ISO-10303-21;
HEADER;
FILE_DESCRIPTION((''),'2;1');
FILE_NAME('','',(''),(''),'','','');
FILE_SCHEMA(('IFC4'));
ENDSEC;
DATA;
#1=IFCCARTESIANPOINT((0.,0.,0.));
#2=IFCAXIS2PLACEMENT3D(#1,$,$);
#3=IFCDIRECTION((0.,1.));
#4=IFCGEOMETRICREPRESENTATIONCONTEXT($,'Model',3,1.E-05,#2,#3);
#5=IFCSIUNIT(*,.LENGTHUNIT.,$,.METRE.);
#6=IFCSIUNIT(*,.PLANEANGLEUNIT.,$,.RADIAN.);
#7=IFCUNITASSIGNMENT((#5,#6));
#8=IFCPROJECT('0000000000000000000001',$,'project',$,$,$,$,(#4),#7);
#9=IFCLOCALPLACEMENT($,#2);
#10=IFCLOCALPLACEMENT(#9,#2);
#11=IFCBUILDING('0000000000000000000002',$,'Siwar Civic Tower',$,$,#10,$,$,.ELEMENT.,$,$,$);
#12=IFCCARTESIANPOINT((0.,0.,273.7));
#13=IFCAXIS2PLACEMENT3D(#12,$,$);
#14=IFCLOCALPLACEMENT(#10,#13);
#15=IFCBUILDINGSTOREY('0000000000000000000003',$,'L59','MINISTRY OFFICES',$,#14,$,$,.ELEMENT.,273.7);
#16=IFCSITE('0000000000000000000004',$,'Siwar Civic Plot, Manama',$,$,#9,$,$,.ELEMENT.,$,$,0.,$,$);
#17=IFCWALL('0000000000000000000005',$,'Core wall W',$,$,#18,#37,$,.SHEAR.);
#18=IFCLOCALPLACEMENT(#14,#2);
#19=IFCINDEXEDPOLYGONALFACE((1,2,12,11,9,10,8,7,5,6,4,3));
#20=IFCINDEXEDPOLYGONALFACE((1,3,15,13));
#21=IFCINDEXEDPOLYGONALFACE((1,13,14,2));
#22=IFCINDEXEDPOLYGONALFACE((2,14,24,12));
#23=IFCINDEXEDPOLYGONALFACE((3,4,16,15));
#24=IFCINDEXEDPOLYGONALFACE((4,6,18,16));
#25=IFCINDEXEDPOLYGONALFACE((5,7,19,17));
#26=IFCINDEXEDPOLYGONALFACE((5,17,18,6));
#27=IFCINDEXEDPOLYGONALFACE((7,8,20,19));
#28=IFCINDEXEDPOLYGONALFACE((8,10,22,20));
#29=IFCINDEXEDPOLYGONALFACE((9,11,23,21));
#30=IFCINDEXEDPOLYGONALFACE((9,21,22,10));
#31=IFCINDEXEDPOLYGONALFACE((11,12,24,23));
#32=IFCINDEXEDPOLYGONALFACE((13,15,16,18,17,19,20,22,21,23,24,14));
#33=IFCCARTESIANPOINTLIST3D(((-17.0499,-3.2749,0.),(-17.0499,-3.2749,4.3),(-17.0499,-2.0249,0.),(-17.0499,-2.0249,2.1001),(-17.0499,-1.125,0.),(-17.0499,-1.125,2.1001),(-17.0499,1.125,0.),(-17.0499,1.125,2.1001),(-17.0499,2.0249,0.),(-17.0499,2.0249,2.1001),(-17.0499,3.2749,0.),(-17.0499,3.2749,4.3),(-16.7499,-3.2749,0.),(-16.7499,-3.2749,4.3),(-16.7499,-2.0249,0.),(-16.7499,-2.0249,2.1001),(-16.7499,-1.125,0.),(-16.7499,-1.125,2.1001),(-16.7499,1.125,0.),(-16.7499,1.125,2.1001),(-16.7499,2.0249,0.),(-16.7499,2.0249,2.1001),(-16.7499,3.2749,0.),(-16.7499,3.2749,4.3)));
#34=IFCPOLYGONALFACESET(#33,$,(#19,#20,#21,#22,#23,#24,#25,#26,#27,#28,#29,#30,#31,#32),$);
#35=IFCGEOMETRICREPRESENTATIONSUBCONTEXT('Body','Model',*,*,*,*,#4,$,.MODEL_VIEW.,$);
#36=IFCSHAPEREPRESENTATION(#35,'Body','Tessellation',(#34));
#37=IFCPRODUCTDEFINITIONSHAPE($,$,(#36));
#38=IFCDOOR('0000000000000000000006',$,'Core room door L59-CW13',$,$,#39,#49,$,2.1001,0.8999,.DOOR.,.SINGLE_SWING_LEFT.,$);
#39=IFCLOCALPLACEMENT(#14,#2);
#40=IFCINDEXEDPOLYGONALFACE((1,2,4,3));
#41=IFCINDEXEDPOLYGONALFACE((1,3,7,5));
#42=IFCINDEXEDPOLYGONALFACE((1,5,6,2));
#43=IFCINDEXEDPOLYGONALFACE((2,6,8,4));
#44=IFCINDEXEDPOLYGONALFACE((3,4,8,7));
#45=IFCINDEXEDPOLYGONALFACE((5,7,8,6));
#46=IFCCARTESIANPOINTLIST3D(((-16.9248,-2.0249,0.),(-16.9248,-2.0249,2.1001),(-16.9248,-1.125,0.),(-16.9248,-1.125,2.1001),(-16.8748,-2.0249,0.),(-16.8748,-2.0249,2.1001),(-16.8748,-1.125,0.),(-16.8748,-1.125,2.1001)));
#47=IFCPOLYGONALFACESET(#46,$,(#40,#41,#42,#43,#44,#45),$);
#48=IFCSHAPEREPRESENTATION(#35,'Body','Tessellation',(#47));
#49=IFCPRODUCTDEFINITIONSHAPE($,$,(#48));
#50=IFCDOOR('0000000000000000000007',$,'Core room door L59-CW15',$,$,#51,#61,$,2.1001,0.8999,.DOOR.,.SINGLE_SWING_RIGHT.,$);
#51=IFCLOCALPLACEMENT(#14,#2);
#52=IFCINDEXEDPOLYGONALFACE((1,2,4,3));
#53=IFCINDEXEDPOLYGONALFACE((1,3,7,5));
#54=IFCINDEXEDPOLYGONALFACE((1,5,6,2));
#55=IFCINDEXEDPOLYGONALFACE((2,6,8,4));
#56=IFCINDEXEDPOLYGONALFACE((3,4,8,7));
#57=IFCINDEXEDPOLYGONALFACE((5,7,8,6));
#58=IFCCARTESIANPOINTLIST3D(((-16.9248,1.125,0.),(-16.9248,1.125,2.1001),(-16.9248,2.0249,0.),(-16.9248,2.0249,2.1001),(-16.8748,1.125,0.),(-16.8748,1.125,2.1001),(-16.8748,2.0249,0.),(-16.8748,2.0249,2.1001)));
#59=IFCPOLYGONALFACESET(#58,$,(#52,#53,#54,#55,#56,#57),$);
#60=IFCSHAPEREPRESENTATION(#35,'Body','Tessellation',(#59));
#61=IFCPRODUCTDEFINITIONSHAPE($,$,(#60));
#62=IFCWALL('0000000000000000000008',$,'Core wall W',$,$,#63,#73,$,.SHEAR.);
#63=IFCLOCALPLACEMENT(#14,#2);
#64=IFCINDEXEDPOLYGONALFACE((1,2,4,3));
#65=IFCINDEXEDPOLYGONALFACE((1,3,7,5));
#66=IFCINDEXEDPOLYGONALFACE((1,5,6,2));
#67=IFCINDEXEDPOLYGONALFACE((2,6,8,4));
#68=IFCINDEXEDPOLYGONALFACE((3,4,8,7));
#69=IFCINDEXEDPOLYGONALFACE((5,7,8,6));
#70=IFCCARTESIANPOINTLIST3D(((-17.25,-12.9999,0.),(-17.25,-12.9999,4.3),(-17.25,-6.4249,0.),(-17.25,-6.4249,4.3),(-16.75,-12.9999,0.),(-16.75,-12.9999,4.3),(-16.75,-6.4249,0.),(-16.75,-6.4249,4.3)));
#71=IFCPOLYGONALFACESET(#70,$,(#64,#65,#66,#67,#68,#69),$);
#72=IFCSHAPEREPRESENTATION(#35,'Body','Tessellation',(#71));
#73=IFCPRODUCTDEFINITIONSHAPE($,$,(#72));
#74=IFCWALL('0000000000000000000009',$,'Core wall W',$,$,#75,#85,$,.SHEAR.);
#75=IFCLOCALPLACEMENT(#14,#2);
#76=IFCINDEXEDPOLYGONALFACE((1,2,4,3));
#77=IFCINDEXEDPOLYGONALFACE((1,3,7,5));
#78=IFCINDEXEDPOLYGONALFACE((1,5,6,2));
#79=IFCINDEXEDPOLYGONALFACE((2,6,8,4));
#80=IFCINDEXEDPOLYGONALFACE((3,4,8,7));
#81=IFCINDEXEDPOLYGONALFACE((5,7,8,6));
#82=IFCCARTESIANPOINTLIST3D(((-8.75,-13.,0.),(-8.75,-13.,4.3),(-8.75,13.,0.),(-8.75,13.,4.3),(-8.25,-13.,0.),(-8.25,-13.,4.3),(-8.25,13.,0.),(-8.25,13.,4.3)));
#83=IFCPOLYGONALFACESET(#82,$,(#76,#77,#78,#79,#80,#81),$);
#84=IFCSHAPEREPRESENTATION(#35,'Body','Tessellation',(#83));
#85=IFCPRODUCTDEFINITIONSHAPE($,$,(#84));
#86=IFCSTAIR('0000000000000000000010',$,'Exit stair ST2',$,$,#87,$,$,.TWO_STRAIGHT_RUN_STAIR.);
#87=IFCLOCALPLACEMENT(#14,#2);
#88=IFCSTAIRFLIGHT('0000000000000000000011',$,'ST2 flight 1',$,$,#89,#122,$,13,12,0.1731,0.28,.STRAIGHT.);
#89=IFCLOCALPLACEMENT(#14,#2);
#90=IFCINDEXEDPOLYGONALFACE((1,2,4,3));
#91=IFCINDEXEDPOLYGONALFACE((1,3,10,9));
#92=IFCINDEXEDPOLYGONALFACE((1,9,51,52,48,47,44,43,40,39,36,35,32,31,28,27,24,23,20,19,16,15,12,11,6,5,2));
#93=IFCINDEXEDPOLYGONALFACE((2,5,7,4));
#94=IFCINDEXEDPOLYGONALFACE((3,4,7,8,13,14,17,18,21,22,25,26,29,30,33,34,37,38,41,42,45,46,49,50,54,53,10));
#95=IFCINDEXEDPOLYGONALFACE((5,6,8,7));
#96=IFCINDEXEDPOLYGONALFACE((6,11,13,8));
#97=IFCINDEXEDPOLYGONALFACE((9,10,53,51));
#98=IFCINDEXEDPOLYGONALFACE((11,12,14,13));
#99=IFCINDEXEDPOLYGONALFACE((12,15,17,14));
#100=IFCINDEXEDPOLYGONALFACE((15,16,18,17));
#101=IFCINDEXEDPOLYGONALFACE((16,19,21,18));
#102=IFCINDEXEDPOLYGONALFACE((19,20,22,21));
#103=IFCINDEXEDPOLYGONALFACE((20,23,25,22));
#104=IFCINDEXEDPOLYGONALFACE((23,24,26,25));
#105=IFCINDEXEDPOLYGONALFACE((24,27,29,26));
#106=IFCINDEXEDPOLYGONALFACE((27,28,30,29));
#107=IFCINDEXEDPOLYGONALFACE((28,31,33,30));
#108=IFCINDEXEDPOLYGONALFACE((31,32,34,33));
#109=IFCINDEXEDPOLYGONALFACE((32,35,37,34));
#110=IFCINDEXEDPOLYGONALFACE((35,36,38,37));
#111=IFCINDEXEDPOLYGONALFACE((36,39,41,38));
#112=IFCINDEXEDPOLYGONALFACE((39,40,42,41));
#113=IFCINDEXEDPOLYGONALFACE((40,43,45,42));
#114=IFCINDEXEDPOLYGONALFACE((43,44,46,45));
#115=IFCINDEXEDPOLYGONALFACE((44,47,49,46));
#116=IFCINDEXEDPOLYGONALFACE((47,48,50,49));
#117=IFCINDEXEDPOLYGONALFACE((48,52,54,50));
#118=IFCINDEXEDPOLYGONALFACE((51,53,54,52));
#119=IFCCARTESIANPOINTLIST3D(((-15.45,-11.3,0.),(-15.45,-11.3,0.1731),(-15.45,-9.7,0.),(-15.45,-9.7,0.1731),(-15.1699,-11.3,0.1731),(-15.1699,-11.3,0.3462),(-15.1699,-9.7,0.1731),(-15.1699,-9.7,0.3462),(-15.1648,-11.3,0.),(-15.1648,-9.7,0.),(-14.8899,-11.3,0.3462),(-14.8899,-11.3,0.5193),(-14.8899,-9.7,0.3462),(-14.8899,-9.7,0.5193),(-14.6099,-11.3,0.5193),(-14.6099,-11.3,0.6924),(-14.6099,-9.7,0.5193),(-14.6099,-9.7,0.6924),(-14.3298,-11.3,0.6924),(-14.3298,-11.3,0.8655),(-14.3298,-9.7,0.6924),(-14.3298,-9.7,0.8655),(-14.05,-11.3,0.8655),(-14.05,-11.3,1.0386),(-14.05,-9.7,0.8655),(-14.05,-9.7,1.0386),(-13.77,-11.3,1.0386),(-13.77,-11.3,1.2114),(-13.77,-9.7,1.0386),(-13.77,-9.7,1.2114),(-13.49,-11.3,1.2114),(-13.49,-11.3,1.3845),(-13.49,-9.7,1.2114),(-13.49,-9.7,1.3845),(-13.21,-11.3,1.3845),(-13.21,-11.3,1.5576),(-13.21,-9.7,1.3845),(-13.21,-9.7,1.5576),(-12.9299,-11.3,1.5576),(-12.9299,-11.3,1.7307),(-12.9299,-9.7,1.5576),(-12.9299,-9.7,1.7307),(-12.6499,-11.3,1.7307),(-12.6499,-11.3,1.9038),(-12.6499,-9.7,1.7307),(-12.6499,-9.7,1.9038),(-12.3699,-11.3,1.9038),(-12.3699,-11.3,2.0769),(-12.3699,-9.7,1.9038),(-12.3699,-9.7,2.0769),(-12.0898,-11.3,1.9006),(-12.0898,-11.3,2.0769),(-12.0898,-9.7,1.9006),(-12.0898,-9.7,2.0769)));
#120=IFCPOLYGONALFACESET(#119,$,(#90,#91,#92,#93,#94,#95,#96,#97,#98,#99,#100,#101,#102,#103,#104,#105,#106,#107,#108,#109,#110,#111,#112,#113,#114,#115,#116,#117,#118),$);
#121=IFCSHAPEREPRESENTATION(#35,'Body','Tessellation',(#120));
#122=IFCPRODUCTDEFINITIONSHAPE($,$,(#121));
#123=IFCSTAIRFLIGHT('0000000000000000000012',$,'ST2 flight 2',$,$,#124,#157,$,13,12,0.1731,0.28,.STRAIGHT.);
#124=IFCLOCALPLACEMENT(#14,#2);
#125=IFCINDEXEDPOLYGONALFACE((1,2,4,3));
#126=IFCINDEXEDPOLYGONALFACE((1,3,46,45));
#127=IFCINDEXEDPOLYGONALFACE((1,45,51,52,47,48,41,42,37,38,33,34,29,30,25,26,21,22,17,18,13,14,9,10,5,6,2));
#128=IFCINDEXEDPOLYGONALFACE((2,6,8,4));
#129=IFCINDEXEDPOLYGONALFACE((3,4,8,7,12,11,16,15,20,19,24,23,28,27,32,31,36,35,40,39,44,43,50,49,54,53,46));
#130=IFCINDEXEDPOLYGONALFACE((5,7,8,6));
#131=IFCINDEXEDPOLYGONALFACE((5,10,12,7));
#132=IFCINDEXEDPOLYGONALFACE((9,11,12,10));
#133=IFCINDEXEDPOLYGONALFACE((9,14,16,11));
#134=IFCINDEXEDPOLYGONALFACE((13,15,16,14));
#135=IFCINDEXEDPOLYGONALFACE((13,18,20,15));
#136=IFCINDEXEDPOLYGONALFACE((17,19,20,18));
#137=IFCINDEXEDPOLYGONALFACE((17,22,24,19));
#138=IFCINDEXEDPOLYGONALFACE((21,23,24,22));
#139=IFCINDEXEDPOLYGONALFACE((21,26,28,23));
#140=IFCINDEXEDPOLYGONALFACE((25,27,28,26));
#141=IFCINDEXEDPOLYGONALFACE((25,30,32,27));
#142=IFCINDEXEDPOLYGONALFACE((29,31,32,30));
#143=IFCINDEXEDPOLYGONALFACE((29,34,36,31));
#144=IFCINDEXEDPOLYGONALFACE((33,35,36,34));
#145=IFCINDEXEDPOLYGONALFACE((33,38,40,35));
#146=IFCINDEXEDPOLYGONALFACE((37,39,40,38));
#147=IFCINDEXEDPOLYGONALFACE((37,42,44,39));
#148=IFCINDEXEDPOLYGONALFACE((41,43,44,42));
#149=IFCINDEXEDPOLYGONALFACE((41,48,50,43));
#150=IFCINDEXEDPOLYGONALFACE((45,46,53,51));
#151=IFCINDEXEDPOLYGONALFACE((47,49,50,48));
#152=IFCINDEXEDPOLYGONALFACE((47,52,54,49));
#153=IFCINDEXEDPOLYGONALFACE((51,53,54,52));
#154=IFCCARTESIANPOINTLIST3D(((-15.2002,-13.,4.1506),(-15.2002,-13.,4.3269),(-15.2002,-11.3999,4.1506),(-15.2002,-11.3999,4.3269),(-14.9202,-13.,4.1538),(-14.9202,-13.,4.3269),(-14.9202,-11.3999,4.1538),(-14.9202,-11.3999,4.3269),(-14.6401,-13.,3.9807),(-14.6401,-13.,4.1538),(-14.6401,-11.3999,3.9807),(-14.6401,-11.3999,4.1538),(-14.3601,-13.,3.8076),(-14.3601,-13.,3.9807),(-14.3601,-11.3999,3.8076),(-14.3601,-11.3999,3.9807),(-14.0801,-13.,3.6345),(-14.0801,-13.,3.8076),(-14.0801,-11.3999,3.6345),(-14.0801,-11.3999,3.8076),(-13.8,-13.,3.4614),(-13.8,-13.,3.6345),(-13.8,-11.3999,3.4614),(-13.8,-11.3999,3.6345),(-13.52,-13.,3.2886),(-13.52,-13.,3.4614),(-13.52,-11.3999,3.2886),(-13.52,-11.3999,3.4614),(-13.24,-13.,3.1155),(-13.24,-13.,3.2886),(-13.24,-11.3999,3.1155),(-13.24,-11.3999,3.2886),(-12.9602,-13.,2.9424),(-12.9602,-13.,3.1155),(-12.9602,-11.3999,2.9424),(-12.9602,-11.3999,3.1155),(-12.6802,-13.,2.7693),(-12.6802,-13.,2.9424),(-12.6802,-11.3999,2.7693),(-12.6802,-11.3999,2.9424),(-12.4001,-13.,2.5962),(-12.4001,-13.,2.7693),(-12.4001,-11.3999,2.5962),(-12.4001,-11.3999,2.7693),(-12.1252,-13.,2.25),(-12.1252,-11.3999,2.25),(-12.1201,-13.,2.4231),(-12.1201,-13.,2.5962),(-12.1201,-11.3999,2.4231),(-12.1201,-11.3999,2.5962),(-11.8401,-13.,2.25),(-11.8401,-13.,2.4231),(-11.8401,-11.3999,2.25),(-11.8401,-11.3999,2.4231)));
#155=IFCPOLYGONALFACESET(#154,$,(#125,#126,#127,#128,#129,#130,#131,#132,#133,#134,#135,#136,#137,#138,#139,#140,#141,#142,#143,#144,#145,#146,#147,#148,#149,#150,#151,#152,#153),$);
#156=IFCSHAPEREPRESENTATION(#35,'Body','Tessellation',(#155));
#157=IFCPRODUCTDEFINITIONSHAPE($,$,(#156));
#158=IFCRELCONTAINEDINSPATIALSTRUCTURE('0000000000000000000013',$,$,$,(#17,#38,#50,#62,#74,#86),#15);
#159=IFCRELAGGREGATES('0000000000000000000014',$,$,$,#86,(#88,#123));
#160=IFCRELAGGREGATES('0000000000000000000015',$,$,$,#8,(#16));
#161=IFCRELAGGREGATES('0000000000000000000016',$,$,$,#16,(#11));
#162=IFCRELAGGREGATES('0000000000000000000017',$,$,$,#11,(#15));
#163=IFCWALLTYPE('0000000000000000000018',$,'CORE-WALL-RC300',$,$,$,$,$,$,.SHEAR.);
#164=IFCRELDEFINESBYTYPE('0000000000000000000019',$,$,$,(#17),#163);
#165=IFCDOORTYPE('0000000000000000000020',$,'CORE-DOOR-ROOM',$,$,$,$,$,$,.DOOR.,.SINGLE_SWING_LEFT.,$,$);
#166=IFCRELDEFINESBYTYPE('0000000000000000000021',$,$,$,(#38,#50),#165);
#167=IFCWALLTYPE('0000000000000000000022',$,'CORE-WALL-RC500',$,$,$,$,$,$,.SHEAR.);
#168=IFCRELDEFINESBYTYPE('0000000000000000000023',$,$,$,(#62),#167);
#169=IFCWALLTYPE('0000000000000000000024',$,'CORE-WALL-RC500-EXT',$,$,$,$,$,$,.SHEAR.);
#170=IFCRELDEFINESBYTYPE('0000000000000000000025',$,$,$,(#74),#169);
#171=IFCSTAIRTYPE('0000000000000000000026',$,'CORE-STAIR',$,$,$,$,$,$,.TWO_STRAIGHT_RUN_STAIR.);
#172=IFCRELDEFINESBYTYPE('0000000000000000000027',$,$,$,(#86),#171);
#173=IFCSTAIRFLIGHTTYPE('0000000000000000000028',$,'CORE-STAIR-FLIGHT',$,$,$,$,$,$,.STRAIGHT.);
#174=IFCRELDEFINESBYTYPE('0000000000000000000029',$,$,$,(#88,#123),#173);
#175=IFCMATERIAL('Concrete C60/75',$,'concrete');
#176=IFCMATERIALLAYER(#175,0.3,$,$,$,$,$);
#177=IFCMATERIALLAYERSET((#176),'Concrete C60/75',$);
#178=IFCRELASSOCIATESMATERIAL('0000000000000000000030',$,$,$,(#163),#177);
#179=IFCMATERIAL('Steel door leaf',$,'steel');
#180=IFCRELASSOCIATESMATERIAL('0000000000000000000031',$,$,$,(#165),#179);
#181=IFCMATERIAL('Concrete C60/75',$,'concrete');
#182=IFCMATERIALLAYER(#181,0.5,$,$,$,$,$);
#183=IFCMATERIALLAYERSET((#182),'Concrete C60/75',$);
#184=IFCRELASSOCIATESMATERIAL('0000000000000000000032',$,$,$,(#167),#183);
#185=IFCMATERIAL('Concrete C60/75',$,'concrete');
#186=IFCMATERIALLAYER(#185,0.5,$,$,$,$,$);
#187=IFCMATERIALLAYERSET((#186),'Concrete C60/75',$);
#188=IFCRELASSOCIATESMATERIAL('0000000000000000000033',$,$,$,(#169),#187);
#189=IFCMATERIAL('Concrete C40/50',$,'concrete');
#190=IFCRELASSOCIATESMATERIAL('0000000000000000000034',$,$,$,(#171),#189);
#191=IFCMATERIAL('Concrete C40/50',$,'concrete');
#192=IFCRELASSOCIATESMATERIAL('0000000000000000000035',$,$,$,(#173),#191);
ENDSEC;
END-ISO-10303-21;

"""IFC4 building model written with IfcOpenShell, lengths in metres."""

from ifc_helpers import new_model, si_unit, direction, frame, frame_2d, origin, place, context, subcontext, project, spatial, polyline, rectangle, outline, extrude, material, layer, layer_set, type_object, element, fill, aggregate, save


model = new_model("IFC4")

# Units and contexts
model_context = context("Model", 3, precision=1e-05, world=origin(), true_north=direction((0.0, 1.0)))
body_context = subcontext(model_context, "Body", "Model", "MODEL_VIEW")
ifc_project = project(units=[si_unit("LENGTHUNIT", "METRE"), si_unit("PLANEANGLEUNIT", "RADIAN")], contexts=[model_context])

# Site, building, storey
site_placement = place(None, origin())
site = spatial("IfcSite", under=ifc_project, at=site_placement, Name="Siwar Civic Plot, Manama", CompositionType="ELEMENT", RefElevation=0.0)
building_placement = place(site_placement, origin())
building = spatial("IfcBuilding", under=site, at=building_placement, Name="Siwar Civic Tower", CompositionType="ELEMENT")
storey_placement = place(building_placement, frame((0.0, 0.0, 273.7)))
storey = spatial("IfcBuildingStorey", under=building, at=storey_placement, Name="L59", Description="MINISTRY OFFICES", CompositionType="ELEMENT", Elevation=273.7)

# Wall, openings, doors
ifc_material_1 = material(Name="Concrete C60/75", Category="concrete")
ifc_layer_1 = layer(ifc_material_1, 0.3)
ifc_layer_set_1 = layer_set([ifc_layer_1], Name="Concrete C60/75")
wall_type_1 = type_object("IfcWallType", Name="CORE-WALL-RC300", PredefinedType="SHEAR", material=ifc_layer_set_1)
wall_1_placement = place(storey_placement, frame((-16.8999, -3.2749, 0.0), z_axis=(0.0, 0.0, 1.0), x_axis=(0.0, 1.0, 0.0)))
wall_1 = element("IfcWall", 1, at=wall_1_placement, inside=storey, type_object=wall_type_1, Name="Core wall W", PredefinedType="SHEAR", context=body_context, shape_type="SweptSolid", body=[
    extrude(rectangle(XDim=6.5498, YDim=0.3, at=frame_2d((3.2749, 0.0))), origin(), (0.0, 0.0, 1.0), 4.3),
])
opening_1_placement = place(wall_1_placement, frame((1.25, 0.0, 0.0)))
opening_1 = element("IfcOpeningElement", 2, at=opening_1_placement, cuts=wall_1, PredefinedType="OPENING", context=body_context, shape_type="SweptSolid", body=[
    extrude(rectangle(XDim=0.8999, YDim=2.1001, at=frame_2d((0.45, 1.05))), frame((0.0, 0.1602, 0.0), z_axis=(0.0, -1.0, 0.0), x_axis=(1.0, 0.0, 0.0)), (0.0, 0.0, 1.0), 0.3201),
])
opening_2_placement = place(wall_1_placement, frame((4.3999, 0.0, 0.0)))
opening_2 = element("IfcOpeningElement", 3, at=opening_2_placement, cuts=wall_1, PredefinedType="OPENING", context=body_context, shape_type="SweptSolid", body=[
    extrude(rectangle(XDim=0.8999, YDim=2.1001, at=frame_2d((0.45, 1.05))), frame((0.0, 0.1602, 0.0), z_axis=(0.0, -1.0, 0.0), x_axis=(1.0, 0.0, 0.0)), (0.0, 0.0, 1.0), 0.3201),
])
ifc_material_2 = material(Name="Steel door leaf", Category="steel")
door_type_1 = type_object("IfcDoorType", Name="CORE-DOOR-ROOM", OperationType="SINGLE_SWING_LEFT", PredefinedType="DOOR", material=ifc_material_2)
door_1_placement = place(opening_1_placement, origin())
door_1 = element("IfcDoor", 4, at=door_1_placement, inside=storey, type_object=door_type_1, Name="Core room door L59-CW13", OperationType="SINGLE_SWING_LEFT", OverallHeight=2.1001, OverallWidth=0.8999, PredefinedType="DOOR", context=body_context, shape_type="SweptSolid", body=[
    extrude(rectangle(XDim=0.8999, YDim=2.1001, at=frame_2d((0.45, 1.05))), frame((0.0, 0.0249, 0.0), z_axis=(0.0, -1.0, 0.0), x_axis=(1.0, 0.0, 0.0)), (0.0, 0.0, 1.0), 0.05),
])
fill(opening_1, door_1)
door_2_placement = place(opening_2_placement, origin())
door_2 = element("IfcDoor", 5, at=door_2_placement, inside=storey, type_object=door_type_1, Name="Core room door L59-CW15", OperationType="SINGLE_SWING_RIGHT", OverallHeight=2.1001, OverallWidth=0.8999, PredefinedType="DOOR", context=body_context, shape_type="SweptSolid", body=[
    extrude(rectangle(XDim=0.8999, YDim=2.1001, at=frame_2d((0.45, 1.05))), frame((0.0, 0.0249, 0.0), z_axis=(0.0, -1.0, 0.0), x_axis=(1.0, 0.0, 0.0)), (0.0, 0.0, 1.0), 0.05),
])
fill(opening_2, door_2)

# Walls
ifc_material_3 = material(Name="Concrete C60/75", Category="concrete")
ifc_layer_2 = layer(ifc_material_3, 0.5)
ifc_layer_set_2 = layer_set([ifc_layer_2], Name="Concrete C60/75")
wall_type_2 = type_object("IfcWallType", Name="CORE-WALL-RC500", PredefinedType="SHEAR", material=ifc_layer_set_2)
wall_2_placement = place(storey_placement, frame((-17.0, -13.0, 0.0), z_axis=(0.0, 0.0, 1.0), x_axis=(0.0, 1.0, 0.0)))
element("IfcWall", 6, at=wall_2_placement, inside=storey, type_object=wall_type_2, Name="Core wall W", PredefinedType="SHEAR", context=body_context, shape_type="SweptSolid", body=[
    extrude(rectangle(XDim=6.575, YDim=0.5, at=frame_2d((3.2876, 0.0))), origin(), (0.0, 0.0, 1.0), 4.3),
])
ifc_material_4 = material(Name="Concrete C60/75", Category="concrete")
ifc_layer_3 = layer(ifc_material_4, 0.5)
ifc_layer_set_3 = layer_set([ifc_layer_3], Name="Concrete C60/75")
wall_type_3 = type_object("IfcWallType", Name="CORE-WALL-RC500-EXT", PredefinedType="SHEAR", material=ifc_layer_set_3)
wall_3_placement = place(storey_placement, frame((-8.5, -13.0, 0.0), z_axis=(0.0, 0.0, 1.0), x_axis=(0.0, 1.0, 0.0)))
element("IfcWall", 7, at=wall_3_placement, inside=storey, type_object=wall_type_3, Name="Core wall W", PredefinedType="SHEAR", context=body_context, shape_type="SweptSolid", body=[
    extrude(rectangle(XDim=26.0, YDim=0.5, at=frame_2d((13.0, 0.0))), origin(), (0.0, 0.0, 1.0), 4.3),
])

# Stair, stair flights
ifc_material_5 = material(Name="Concrete C40/50", Category="concrete")
stair_type = type_object("IfcStairType", Name="CORE-STAIR", PredefinedType="TWO_STRAIGHT_RUN_STAIR", material=ifc_material_5)
stair_placement = place(storey_placement, origin())
stair = element("IfcStair", 8, at=stair_placement, inside=storey, type_object=stair_type, Name="Exit stair ST2", PredefinedType="TWO_STRAIGHT_RUN_STAIR")
ifc_material_6 = material(Name="Concrete C40/50", Category="concrete")
stair_flight_type = type_object("IfcStairFlightType", Name="CORE-STAIR-FLIGHT", PredefinedType="STRAIGHT", material=ifc_material_6)
stair_flight_1_placement = place(storey_placement, frame((-15.45, -10.5, 0.0), z_axis=(0.0, 0.0, 1.0), x_axis=(1.0, 0.0, 0.0)))
stair_flight_1 = element("IfcStairFlight", 9, at=stair_flight_1_placement, type_object=stair_flight_type, Name="ST2 flight 1", NumberOfRisers=13, NumberOfTreads=12, PredefinedType="STRAIGHT", RiserHeight=0.1731, TreadLength=0.28, context=body_context, shape_type="SweptSolid", body=[
    extrude(outline(polyline([(0.0, 0.0), (0.0, 0.1731), (0.28, 0.1731), (0.28, 0.3462), (0.5601, 0.3462), (0.5601, 0.5193), (0.8401, 0.5193), (0.8401, 0.6924), (1.1201, 0.6924), (1.1201, 0.8655), (1.3999, 0.8655), (1.3999, 1.0386), (1.6799, 1.0386), (1.6799, 1.2114), (1.96, 1.2114), (1.96, 1.3845), (2.24, 1.3845), (2.24, 1.5576), (2.52, 1.5576), (2.52, 1.7307), (2.8, 1.7307), (2.8, 1.9038), (3.0801, 1.9038), (3.0801, 2.0769), (3.3601, 2.0769), (3.3601, 2.25), (3.3601, 1.9006), (0.2852, 0.0), (0.0, 0.0)])), frame((0.0, 0.8, 0.0), z_axis=(0.0, -1.0, 0.0), x_axis=(1.0, 0.0, 0.0)), (0.0, 0.0, 1.0), 1.6001),
])
stair_flight_2_placement = place(storey_placement, frame((-11.8401, -12.2, 2.25), z_axis=(0.0, 0.0, 1.0), x_axis=(-1.0, 0.0, 0.0)))
stair_flight_2 = element("IfcStairFlight", 10, at=stair_flight_2_placement, type_object=stair_flight_type, Name="ST2 flight 2", NumberOfRisers=13, NumberOfTreads=12, PredefinedType="STRAIGHT", RiserHeight=0.1731, TreadLength=0.28, context=body_context, shape_type="SweptSolid", body=[
    extrude(outline(polyline([(0.0, 0.0), (0.0, 0.1731), (0.28, 0.1731), (0.28, 0.3462), (0.5601, 0.3462), (0.5601, 0.5193), (0.8401, 0.5193), (0.8401, 0.6924), (1.1201, 0.6924), (1.1201, 0.8655), (1.3999, 0.8655), (1.3999, 1.0386), (1.6799, 1.0386), (1.6799, 1.2114), (1.96, 1.2114), (1.96, 1.3845), (2.24, 1.3845), (2.24, 1.5576), (2.52, 1.5576), (2.52, 1.7307), (2.8, 1.7307), (2.8, 1.9038), (3.0801, 1.9038), (3.0801, 2.0769), (3.3601, 2.0769), (3.3601, 2.25), (3.3601, 1.9006), (0.2852, 0.0), (0.0, 0.0)])), frame((0.0, 0.8, 0.0), z_axis=(0.0, -1.0, 0.0), x_axis=(1.0, 0.0, 0.0)), (0.0, 0.0, 1.0), 1.6001),
])
aggregate(stair, [stair_flight_1, stair_flight_2])

save(model, "model.ifc")
